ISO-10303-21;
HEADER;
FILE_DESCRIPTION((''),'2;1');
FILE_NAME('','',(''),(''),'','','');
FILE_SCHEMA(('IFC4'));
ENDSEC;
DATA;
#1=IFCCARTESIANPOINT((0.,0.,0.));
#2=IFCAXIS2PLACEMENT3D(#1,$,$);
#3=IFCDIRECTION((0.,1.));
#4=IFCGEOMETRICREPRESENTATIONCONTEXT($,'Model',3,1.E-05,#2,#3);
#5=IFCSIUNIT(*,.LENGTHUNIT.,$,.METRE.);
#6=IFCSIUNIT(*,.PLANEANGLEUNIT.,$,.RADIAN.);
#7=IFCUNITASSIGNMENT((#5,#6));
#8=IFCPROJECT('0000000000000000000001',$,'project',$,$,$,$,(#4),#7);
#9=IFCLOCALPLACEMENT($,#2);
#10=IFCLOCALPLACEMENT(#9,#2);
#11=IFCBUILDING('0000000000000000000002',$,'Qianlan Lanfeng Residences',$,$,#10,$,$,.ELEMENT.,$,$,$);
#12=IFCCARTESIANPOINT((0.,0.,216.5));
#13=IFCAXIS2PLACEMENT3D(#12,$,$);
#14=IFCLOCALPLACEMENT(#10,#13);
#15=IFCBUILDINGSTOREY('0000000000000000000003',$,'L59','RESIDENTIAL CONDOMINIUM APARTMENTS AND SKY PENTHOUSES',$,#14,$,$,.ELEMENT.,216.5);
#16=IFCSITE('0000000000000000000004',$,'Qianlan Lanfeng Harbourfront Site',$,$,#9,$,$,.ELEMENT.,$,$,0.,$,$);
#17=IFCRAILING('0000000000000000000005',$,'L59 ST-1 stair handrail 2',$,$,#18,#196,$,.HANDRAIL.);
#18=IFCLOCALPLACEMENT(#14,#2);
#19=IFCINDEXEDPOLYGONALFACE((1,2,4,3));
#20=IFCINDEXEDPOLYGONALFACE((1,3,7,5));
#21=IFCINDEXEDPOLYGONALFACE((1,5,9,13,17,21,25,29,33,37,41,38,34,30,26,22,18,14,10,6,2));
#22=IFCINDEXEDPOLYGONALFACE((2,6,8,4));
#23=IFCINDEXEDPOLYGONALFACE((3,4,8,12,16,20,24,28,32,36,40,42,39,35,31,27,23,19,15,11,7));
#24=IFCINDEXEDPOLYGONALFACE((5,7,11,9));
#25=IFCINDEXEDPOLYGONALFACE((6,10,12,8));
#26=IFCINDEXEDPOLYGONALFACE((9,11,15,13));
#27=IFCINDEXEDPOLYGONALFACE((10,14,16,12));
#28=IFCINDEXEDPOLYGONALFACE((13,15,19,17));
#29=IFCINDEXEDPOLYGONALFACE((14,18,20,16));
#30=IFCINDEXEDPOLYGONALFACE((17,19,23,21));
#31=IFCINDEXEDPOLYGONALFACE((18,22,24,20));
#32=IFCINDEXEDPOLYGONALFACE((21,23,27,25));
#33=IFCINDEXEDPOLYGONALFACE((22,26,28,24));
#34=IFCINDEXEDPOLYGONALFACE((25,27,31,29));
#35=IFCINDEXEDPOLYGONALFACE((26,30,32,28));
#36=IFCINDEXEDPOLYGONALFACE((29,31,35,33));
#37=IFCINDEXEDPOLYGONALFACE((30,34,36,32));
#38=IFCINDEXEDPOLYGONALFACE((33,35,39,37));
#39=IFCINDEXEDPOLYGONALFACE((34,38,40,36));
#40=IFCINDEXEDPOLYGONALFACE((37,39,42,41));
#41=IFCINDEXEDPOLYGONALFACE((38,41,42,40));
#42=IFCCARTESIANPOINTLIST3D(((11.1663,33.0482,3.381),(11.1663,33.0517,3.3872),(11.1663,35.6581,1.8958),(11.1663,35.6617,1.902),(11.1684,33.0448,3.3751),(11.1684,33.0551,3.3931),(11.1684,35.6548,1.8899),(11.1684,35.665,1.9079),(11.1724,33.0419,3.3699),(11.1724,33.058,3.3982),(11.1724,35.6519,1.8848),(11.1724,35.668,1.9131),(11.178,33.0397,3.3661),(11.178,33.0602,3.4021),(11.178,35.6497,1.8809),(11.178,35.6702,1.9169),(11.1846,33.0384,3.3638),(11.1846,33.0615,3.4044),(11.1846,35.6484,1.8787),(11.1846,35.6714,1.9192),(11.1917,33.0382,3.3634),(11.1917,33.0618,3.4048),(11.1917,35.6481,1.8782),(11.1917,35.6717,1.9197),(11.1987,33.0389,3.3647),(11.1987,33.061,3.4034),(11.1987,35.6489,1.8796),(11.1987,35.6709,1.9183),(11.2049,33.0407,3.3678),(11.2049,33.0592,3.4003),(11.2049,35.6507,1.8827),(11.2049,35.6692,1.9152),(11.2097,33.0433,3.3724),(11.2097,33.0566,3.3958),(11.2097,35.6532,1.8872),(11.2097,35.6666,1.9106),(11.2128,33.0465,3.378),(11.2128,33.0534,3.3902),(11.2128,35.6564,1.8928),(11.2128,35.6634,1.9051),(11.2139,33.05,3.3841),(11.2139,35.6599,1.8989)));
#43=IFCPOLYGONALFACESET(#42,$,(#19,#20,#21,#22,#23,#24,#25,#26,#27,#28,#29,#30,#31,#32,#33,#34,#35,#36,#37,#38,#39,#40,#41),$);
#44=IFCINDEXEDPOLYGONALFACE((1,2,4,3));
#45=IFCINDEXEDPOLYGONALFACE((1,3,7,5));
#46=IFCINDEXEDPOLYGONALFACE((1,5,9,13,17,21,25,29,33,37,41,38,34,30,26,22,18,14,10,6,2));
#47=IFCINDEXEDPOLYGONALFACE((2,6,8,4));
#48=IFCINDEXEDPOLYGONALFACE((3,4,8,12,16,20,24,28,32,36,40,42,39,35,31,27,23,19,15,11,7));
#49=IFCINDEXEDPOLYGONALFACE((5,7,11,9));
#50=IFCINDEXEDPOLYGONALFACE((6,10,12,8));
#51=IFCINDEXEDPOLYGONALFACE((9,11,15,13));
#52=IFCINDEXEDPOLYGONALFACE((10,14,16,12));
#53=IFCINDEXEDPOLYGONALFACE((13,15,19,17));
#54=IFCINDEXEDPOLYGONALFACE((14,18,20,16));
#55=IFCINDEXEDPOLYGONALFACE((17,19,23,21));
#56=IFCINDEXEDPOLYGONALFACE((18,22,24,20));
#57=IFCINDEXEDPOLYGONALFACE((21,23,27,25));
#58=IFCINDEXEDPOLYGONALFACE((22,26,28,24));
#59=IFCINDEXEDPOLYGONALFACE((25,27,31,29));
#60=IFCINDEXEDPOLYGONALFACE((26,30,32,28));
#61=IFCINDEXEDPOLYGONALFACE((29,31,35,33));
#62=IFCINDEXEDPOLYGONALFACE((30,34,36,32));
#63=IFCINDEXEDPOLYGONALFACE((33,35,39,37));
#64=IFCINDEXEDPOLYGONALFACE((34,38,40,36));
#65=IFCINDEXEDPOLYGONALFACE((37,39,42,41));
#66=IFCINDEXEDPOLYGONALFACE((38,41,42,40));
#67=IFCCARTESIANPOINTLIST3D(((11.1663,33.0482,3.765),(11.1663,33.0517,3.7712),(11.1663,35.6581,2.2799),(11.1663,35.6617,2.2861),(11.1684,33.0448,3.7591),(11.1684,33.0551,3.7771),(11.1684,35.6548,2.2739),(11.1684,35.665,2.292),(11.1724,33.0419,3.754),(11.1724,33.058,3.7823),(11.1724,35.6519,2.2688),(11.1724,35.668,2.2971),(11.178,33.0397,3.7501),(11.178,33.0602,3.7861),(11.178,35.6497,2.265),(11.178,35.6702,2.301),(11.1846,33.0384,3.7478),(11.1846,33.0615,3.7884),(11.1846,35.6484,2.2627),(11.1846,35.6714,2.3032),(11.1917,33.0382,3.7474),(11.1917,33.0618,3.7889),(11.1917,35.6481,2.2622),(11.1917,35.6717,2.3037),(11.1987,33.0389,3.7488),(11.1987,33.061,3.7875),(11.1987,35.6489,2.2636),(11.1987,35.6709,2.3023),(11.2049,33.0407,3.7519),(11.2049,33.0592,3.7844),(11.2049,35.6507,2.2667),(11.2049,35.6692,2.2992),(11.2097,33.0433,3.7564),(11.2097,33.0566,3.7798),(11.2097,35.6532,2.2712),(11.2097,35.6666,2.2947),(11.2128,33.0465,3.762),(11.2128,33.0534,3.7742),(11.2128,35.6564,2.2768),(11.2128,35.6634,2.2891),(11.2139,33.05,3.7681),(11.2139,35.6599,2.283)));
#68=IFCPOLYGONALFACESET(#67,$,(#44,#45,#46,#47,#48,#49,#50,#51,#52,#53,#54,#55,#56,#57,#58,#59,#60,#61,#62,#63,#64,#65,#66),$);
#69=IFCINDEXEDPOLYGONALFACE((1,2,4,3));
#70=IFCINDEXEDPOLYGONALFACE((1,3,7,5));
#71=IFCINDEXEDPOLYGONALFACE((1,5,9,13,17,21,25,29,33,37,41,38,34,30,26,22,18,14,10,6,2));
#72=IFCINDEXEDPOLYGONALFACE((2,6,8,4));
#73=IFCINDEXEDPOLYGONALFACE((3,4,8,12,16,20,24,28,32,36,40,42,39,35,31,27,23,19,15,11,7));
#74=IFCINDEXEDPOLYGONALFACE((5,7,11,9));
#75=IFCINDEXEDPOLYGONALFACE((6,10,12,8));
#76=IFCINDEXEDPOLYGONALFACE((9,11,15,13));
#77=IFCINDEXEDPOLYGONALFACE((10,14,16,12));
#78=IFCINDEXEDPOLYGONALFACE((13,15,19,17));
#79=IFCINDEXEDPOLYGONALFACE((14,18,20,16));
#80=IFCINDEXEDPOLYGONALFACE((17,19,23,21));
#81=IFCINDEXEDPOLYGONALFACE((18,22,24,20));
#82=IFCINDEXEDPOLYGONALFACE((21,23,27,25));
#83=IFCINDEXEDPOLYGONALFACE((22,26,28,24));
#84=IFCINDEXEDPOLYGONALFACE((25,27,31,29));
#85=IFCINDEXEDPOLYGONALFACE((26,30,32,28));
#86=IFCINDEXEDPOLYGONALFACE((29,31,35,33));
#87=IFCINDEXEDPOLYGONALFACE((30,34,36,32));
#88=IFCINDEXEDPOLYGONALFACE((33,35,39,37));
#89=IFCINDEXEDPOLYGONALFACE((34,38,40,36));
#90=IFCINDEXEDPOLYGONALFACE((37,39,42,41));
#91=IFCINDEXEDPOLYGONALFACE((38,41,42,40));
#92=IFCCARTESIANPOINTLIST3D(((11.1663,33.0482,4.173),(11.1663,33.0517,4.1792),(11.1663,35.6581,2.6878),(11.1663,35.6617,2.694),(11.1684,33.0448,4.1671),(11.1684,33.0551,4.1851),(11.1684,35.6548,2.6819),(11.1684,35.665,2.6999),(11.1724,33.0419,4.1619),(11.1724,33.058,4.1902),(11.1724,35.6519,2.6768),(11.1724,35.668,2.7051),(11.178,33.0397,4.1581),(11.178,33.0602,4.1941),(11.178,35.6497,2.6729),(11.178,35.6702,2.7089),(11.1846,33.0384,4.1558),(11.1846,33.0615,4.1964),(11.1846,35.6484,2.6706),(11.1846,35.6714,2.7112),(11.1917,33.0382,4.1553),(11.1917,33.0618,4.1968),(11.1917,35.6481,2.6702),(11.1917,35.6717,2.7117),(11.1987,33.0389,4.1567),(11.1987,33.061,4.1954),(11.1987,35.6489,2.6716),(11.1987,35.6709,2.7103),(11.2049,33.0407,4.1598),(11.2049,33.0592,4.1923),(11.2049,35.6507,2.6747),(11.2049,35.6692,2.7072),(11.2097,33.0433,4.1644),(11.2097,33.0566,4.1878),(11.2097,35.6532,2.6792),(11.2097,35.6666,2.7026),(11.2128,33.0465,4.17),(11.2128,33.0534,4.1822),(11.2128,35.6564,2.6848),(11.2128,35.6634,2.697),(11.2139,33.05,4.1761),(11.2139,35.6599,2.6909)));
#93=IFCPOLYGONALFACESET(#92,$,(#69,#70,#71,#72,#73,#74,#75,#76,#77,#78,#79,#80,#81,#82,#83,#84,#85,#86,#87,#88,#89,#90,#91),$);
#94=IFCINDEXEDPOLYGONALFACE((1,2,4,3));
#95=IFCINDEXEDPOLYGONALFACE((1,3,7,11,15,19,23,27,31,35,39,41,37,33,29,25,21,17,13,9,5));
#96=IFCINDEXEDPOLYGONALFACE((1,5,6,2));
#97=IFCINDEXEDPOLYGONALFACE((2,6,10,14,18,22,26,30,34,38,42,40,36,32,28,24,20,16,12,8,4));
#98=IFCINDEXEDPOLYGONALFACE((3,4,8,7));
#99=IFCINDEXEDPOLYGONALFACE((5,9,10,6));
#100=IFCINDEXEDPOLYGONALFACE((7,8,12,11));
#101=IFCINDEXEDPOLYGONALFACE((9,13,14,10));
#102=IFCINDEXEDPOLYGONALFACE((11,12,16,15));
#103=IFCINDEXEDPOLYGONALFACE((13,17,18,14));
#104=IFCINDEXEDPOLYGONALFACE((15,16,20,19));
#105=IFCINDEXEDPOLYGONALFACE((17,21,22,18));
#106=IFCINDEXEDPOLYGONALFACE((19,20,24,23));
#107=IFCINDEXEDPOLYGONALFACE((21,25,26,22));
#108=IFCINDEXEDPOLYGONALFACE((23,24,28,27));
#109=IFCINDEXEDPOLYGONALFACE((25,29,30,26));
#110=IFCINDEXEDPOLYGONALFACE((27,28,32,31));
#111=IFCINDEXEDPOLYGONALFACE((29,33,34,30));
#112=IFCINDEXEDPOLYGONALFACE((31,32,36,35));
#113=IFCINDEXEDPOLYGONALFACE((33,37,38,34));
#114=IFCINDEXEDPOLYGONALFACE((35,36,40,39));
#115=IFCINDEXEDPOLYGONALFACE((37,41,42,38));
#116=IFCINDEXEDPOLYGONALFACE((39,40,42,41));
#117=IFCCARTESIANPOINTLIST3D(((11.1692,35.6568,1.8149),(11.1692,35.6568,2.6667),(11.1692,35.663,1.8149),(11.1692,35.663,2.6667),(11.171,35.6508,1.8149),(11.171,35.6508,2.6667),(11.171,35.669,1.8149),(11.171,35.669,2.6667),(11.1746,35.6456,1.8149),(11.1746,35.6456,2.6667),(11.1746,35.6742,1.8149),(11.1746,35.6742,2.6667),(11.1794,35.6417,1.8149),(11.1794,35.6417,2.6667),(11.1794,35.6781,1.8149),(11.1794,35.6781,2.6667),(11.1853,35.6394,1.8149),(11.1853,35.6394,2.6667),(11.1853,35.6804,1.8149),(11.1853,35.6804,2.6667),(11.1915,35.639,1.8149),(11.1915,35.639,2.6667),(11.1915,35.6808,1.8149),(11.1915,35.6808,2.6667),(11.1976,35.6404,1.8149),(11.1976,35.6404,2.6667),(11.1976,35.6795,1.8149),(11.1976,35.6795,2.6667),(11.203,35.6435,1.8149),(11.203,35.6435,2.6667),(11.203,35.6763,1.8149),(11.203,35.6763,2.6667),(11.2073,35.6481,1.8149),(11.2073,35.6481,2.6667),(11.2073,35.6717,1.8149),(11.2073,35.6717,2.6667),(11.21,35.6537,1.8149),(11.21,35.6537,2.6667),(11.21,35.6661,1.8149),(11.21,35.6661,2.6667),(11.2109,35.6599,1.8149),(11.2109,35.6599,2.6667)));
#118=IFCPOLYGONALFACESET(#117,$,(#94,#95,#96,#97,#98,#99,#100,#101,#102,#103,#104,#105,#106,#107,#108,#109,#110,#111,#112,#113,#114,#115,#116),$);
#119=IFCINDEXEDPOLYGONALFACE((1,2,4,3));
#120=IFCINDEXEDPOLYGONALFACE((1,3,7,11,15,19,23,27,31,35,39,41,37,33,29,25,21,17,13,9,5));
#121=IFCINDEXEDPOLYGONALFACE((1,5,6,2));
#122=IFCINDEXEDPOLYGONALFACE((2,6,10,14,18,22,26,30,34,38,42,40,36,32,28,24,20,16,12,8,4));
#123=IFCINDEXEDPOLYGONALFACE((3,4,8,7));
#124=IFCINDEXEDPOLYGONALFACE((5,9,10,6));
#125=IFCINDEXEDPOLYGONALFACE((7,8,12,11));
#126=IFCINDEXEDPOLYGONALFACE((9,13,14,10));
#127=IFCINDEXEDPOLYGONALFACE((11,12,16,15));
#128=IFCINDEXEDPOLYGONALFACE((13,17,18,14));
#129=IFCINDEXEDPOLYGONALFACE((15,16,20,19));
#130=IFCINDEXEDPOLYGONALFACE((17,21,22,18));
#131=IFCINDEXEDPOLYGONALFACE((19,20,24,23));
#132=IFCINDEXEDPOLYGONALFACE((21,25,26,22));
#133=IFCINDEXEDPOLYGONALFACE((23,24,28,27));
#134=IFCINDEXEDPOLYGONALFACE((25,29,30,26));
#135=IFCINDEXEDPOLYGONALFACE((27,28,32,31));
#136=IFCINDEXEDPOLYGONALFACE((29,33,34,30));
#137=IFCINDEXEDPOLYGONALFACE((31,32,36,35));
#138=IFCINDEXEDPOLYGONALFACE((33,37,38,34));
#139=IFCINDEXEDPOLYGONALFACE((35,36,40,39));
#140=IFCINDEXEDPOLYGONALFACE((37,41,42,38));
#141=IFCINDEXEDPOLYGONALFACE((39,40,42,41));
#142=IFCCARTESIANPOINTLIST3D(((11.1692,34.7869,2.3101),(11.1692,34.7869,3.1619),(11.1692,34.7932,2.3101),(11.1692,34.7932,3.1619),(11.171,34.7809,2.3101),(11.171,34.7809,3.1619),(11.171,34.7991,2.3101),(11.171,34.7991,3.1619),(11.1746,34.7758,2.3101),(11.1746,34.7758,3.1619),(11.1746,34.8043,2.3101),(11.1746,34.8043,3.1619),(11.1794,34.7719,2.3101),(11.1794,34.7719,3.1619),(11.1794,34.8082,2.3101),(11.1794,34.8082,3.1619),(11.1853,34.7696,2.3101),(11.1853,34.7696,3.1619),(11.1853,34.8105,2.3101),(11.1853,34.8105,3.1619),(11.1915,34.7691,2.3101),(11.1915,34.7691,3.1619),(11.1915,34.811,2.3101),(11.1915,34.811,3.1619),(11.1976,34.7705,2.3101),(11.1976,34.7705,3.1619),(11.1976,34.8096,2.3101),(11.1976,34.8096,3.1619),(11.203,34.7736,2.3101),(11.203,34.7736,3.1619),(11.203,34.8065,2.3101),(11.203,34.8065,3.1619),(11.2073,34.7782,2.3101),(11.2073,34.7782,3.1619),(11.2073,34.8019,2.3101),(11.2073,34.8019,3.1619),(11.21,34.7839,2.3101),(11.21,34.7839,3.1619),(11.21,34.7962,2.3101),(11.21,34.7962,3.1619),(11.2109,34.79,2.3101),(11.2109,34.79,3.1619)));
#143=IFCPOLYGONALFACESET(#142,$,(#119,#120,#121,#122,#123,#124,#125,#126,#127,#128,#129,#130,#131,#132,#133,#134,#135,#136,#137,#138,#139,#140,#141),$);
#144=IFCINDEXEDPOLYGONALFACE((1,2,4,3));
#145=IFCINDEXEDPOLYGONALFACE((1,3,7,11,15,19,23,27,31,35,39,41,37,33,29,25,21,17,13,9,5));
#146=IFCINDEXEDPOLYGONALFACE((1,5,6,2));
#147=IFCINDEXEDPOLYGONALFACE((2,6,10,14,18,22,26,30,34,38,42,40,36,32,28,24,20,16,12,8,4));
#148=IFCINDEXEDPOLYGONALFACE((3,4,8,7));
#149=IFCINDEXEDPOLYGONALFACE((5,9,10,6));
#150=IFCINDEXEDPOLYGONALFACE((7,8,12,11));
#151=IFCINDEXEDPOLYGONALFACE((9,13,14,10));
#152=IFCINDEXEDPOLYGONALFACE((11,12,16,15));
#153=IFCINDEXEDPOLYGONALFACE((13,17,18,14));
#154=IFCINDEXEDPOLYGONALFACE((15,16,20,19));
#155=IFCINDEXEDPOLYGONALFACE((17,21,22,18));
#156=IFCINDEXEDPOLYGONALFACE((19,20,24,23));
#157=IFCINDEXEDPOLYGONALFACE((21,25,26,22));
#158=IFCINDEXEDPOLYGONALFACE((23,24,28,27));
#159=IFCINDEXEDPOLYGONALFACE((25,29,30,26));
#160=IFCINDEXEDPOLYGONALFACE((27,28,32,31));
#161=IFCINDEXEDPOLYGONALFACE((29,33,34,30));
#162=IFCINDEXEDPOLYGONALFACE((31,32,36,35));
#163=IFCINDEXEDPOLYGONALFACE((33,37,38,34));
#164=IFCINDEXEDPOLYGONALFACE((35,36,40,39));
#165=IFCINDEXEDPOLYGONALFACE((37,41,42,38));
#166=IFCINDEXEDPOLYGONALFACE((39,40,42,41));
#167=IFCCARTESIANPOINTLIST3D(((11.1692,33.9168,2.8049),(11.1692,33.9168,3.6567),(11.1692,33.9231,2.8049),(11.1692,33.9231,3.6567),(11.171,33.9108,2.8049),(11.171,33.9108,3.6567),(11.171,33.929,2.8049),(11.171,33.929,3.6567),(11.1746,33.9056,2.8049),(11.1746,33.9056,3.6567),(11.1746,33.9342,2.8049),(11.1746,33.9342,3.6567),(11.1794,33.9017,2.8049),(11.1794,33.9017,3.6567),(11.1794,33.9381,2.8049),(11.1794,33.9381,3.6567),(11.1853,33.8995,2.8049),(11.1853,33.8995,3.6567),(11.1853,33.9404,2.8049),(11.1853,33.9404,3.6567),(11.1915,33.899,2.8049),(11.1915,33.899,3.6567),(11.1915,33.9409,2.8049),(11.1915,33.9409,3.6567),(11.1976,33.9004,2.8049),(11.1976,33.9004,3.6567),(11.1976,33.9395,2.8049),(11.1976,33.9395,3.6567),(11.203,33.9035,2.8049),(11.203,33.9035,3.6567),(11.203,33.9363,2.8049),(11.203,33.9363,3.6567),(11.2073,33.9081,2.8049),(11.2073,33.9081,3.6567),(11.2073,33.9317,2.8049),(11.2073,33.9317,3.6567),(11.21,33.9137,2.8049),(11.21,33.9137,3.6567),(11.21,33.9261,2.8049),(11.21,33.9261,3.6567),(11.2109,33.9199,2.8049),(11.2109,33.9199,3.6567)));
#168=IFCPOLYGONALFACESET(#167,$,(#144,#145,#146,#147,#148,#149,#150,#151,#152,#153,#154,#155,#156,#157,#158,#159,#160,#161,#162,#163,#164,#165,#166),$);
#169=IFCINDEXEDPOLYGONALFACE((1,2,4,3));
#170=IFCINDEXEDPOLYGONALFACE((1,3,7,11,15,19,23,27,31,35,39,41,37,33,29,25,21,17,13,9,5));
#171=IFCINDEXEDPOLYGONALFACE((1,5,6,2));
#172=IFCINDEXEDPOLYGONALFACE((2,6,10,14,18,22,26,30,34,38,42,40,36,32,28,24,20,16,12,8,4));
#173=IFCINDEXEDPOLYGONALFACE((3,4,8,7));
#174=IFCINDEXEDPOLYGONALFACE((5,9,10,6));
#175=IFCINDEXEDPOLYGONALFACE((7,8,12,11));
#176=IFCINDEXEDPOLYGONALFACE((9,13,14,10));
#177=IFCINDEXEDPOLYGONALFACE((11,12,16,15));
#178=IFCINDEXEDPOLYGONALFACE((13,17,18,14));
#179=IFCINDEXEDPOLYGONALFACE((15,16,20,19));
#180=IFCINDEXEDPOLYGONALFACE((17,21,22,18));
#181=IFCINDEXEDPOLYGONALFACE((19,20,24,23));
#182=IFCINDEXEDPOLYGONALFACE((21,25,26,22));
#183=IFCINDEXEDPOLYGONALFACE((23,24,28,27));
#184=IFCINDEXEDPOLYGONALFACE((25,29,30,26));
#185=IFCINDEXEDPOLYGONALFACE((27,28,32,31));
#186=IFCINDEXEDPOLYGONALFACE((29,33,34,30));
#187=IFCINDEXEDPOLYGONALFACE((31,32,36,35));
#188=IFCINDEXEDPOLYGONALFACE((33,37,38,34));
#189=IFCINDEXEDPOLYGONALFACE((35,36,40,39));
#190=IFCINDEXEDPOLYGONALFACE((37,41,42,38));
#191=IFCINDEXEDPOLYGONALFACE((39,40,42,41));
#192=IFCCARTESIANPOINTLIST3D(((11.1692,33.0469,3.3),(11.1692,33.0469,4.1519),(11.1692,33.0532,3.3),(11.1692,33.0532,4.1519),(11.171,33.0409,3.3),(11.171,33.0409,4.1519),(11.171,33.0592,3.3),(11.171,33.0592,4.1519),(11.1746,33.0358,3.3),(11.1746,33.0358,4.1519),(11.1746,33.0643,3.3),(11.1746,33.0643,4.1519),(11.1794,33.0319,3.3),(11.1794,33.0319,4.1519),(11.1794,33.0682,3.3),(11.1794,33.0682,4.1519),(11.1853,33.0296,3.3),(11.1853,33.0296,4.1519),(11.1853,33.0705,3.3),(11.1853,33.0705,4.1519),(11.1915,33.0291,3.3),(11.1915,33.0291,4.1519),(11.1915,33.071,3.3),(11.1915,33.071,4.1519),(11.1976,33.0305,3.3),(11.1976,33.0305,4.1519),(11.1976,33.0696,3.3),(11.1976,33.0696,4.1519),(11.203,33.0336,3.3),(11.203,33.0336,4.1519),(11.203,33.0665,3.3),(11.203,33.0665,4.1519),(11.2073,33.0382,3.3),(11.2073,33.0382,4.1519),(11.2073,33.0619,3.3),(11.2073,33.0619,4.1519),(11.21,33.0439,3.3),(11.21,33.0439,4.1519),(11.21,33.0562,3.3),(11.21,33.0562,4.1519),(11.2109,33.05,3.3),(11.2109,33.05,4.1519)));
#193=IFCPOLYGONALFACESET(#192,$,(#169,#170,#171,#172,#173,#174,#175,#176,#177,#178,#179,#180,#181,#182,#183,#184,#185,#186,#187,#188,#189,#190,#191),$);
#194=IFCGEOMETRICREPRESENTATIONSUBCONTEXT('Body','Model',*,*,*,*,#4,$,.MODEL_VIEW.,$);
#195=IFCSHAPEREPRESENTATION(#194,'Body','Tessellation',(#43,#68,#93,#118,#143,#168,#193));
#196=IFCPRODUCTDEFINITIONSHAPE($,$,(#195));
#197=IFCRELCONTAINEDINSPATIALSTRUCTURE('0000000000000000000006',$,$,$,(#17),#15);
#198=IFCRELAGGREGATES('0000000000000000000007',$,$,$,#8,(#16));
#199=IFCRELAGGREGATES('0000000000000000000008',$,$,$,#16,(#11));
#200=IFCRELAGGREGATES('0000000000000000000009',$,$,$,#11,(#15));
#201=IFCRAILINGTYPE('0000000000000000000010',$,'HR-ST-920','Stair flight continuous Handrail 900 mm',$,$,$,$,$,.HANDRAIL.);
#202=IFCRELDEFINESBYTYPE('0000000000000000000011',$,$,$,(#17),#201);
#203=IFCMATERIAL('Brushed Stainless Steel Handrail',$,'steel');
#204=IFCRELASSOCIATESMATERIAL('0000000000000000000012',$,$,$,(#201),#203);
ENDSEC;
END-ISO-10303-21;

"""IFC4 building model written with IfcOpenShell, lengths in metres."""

from ifc_helpers import new_model, si_unit, direction, frame, origin, origin_2d, place, context, subcontext, project, spatial, circle, extrude, material, type_object, element, save


model = new_model("IFC4")

# Units and contexts
model_context = context("Model", 3, precision=1e-05, world=origin(), true_north=direction((0.0, 1.0)))
body_context = subcontext(model_context, "Body", "Model", "MODEL_VIEW")
ifc_project = project(units=[si_unit("LENGTHUNIT", "METRE"), si_unit("PLANEANGLEUNIT", "RADIAN")], contexts=[model_context])

# Site, building, storey
site_placement = place(None, origin())
site = spatial("IfcSite", under=ifc_project, at=site_placement, Name="Qianlan Lanfeng Harbourfront Site", CompositionType="ELEMENT", RefElevation=0.0)
building_placement = place(site_placement, origin())
building = spatial("IfcBuilding", under=site, at=building_placement, Name="Qianlan Lanfeng Residences", CompositionType="ELEMENT")
storey_placement = place(building_placement, frame((0.0, 0.0, 216.5)))
storey = spatial("IfcBuildingStorey", under=building, at=storey_placement, Name="L59", Description="RESIDENTIAL CONDOMINIUM APARTMENTS AND SKY PENTHOUSES", CompositionType="ELEMENT", Elevation=216.5)

# Railing
ifc_material_1 = material(Name="Brushed Stainless Steel Handrail", Category="steel")
railing_type_1 = type_object("IfcRailingType", Name="HR-ST-920", Description="Stair flight continuous Handrail 900 mm", PredefinedType="HANDRAIL", material=ifc_material_1)
railing_1_placement = place(storey_placement, frame((11.1899, 35.6599, 1.8149)))
element("IfcRailing", 1, at=railing_1_placement, inside=storey, type_object=railing_type_1, Name="L59 ST-1 stair handrail 2", PredefinedType="HANDRAIL", context=body_context, shape_type="SweptSolid", body=[
    extrude(circle(Radius=0.0239, at=origin_2d()), frame((0.0, 0.0, 0.084), z_axis=(0.0, -0.869137, 0.494571), x_axis=(1.0, 0.0, 0.0)), (0.0, 0.0, 1.0), 3.0029),
    extrude(circle(Radius=0.0239, at=origin_2d()), frame((0.0, 0.0, 0.468), z_axis=(0.0, -0.869137, 0.494571), x_axis=(1.0, 0.0, 0.0)), (0.0, 0.0, 1.0), 3.0029),
    extrude(circle(Radius=0.0239, at=origin_2d()), frame((0.0, 0.0, 0.876), z_axis=(0.0, -0.869137, 0.494571), x_axis=(1.0, 0.0, 0.0)), (0.0, 0.0, 1.0), 3.0029),
    extrude(circle(Radius=0.021, at=origin_2d()), origin(), (0.0, 0.0, 1.0), 0.8518),
    extrude(circle(Radius=0.021, at=origin_2d()), frame((0.0, -0.8699, 0.4951)), (0.0, 0.0, 1.0), 0.8518),
    extrude(circle(Radius=0.021, at=origin_2d()), frame((0.0, -1.74, 0.99)), (0.0, 0.0, 1.0), 0.8518),
    extrude(circle(Radius=0.021, at=origin_2d()), frame((0.0, -2.6099, 1.4851)), (0.0, 0.0, 1.0), 0.8518),
])

save(model, "model.ifc")
